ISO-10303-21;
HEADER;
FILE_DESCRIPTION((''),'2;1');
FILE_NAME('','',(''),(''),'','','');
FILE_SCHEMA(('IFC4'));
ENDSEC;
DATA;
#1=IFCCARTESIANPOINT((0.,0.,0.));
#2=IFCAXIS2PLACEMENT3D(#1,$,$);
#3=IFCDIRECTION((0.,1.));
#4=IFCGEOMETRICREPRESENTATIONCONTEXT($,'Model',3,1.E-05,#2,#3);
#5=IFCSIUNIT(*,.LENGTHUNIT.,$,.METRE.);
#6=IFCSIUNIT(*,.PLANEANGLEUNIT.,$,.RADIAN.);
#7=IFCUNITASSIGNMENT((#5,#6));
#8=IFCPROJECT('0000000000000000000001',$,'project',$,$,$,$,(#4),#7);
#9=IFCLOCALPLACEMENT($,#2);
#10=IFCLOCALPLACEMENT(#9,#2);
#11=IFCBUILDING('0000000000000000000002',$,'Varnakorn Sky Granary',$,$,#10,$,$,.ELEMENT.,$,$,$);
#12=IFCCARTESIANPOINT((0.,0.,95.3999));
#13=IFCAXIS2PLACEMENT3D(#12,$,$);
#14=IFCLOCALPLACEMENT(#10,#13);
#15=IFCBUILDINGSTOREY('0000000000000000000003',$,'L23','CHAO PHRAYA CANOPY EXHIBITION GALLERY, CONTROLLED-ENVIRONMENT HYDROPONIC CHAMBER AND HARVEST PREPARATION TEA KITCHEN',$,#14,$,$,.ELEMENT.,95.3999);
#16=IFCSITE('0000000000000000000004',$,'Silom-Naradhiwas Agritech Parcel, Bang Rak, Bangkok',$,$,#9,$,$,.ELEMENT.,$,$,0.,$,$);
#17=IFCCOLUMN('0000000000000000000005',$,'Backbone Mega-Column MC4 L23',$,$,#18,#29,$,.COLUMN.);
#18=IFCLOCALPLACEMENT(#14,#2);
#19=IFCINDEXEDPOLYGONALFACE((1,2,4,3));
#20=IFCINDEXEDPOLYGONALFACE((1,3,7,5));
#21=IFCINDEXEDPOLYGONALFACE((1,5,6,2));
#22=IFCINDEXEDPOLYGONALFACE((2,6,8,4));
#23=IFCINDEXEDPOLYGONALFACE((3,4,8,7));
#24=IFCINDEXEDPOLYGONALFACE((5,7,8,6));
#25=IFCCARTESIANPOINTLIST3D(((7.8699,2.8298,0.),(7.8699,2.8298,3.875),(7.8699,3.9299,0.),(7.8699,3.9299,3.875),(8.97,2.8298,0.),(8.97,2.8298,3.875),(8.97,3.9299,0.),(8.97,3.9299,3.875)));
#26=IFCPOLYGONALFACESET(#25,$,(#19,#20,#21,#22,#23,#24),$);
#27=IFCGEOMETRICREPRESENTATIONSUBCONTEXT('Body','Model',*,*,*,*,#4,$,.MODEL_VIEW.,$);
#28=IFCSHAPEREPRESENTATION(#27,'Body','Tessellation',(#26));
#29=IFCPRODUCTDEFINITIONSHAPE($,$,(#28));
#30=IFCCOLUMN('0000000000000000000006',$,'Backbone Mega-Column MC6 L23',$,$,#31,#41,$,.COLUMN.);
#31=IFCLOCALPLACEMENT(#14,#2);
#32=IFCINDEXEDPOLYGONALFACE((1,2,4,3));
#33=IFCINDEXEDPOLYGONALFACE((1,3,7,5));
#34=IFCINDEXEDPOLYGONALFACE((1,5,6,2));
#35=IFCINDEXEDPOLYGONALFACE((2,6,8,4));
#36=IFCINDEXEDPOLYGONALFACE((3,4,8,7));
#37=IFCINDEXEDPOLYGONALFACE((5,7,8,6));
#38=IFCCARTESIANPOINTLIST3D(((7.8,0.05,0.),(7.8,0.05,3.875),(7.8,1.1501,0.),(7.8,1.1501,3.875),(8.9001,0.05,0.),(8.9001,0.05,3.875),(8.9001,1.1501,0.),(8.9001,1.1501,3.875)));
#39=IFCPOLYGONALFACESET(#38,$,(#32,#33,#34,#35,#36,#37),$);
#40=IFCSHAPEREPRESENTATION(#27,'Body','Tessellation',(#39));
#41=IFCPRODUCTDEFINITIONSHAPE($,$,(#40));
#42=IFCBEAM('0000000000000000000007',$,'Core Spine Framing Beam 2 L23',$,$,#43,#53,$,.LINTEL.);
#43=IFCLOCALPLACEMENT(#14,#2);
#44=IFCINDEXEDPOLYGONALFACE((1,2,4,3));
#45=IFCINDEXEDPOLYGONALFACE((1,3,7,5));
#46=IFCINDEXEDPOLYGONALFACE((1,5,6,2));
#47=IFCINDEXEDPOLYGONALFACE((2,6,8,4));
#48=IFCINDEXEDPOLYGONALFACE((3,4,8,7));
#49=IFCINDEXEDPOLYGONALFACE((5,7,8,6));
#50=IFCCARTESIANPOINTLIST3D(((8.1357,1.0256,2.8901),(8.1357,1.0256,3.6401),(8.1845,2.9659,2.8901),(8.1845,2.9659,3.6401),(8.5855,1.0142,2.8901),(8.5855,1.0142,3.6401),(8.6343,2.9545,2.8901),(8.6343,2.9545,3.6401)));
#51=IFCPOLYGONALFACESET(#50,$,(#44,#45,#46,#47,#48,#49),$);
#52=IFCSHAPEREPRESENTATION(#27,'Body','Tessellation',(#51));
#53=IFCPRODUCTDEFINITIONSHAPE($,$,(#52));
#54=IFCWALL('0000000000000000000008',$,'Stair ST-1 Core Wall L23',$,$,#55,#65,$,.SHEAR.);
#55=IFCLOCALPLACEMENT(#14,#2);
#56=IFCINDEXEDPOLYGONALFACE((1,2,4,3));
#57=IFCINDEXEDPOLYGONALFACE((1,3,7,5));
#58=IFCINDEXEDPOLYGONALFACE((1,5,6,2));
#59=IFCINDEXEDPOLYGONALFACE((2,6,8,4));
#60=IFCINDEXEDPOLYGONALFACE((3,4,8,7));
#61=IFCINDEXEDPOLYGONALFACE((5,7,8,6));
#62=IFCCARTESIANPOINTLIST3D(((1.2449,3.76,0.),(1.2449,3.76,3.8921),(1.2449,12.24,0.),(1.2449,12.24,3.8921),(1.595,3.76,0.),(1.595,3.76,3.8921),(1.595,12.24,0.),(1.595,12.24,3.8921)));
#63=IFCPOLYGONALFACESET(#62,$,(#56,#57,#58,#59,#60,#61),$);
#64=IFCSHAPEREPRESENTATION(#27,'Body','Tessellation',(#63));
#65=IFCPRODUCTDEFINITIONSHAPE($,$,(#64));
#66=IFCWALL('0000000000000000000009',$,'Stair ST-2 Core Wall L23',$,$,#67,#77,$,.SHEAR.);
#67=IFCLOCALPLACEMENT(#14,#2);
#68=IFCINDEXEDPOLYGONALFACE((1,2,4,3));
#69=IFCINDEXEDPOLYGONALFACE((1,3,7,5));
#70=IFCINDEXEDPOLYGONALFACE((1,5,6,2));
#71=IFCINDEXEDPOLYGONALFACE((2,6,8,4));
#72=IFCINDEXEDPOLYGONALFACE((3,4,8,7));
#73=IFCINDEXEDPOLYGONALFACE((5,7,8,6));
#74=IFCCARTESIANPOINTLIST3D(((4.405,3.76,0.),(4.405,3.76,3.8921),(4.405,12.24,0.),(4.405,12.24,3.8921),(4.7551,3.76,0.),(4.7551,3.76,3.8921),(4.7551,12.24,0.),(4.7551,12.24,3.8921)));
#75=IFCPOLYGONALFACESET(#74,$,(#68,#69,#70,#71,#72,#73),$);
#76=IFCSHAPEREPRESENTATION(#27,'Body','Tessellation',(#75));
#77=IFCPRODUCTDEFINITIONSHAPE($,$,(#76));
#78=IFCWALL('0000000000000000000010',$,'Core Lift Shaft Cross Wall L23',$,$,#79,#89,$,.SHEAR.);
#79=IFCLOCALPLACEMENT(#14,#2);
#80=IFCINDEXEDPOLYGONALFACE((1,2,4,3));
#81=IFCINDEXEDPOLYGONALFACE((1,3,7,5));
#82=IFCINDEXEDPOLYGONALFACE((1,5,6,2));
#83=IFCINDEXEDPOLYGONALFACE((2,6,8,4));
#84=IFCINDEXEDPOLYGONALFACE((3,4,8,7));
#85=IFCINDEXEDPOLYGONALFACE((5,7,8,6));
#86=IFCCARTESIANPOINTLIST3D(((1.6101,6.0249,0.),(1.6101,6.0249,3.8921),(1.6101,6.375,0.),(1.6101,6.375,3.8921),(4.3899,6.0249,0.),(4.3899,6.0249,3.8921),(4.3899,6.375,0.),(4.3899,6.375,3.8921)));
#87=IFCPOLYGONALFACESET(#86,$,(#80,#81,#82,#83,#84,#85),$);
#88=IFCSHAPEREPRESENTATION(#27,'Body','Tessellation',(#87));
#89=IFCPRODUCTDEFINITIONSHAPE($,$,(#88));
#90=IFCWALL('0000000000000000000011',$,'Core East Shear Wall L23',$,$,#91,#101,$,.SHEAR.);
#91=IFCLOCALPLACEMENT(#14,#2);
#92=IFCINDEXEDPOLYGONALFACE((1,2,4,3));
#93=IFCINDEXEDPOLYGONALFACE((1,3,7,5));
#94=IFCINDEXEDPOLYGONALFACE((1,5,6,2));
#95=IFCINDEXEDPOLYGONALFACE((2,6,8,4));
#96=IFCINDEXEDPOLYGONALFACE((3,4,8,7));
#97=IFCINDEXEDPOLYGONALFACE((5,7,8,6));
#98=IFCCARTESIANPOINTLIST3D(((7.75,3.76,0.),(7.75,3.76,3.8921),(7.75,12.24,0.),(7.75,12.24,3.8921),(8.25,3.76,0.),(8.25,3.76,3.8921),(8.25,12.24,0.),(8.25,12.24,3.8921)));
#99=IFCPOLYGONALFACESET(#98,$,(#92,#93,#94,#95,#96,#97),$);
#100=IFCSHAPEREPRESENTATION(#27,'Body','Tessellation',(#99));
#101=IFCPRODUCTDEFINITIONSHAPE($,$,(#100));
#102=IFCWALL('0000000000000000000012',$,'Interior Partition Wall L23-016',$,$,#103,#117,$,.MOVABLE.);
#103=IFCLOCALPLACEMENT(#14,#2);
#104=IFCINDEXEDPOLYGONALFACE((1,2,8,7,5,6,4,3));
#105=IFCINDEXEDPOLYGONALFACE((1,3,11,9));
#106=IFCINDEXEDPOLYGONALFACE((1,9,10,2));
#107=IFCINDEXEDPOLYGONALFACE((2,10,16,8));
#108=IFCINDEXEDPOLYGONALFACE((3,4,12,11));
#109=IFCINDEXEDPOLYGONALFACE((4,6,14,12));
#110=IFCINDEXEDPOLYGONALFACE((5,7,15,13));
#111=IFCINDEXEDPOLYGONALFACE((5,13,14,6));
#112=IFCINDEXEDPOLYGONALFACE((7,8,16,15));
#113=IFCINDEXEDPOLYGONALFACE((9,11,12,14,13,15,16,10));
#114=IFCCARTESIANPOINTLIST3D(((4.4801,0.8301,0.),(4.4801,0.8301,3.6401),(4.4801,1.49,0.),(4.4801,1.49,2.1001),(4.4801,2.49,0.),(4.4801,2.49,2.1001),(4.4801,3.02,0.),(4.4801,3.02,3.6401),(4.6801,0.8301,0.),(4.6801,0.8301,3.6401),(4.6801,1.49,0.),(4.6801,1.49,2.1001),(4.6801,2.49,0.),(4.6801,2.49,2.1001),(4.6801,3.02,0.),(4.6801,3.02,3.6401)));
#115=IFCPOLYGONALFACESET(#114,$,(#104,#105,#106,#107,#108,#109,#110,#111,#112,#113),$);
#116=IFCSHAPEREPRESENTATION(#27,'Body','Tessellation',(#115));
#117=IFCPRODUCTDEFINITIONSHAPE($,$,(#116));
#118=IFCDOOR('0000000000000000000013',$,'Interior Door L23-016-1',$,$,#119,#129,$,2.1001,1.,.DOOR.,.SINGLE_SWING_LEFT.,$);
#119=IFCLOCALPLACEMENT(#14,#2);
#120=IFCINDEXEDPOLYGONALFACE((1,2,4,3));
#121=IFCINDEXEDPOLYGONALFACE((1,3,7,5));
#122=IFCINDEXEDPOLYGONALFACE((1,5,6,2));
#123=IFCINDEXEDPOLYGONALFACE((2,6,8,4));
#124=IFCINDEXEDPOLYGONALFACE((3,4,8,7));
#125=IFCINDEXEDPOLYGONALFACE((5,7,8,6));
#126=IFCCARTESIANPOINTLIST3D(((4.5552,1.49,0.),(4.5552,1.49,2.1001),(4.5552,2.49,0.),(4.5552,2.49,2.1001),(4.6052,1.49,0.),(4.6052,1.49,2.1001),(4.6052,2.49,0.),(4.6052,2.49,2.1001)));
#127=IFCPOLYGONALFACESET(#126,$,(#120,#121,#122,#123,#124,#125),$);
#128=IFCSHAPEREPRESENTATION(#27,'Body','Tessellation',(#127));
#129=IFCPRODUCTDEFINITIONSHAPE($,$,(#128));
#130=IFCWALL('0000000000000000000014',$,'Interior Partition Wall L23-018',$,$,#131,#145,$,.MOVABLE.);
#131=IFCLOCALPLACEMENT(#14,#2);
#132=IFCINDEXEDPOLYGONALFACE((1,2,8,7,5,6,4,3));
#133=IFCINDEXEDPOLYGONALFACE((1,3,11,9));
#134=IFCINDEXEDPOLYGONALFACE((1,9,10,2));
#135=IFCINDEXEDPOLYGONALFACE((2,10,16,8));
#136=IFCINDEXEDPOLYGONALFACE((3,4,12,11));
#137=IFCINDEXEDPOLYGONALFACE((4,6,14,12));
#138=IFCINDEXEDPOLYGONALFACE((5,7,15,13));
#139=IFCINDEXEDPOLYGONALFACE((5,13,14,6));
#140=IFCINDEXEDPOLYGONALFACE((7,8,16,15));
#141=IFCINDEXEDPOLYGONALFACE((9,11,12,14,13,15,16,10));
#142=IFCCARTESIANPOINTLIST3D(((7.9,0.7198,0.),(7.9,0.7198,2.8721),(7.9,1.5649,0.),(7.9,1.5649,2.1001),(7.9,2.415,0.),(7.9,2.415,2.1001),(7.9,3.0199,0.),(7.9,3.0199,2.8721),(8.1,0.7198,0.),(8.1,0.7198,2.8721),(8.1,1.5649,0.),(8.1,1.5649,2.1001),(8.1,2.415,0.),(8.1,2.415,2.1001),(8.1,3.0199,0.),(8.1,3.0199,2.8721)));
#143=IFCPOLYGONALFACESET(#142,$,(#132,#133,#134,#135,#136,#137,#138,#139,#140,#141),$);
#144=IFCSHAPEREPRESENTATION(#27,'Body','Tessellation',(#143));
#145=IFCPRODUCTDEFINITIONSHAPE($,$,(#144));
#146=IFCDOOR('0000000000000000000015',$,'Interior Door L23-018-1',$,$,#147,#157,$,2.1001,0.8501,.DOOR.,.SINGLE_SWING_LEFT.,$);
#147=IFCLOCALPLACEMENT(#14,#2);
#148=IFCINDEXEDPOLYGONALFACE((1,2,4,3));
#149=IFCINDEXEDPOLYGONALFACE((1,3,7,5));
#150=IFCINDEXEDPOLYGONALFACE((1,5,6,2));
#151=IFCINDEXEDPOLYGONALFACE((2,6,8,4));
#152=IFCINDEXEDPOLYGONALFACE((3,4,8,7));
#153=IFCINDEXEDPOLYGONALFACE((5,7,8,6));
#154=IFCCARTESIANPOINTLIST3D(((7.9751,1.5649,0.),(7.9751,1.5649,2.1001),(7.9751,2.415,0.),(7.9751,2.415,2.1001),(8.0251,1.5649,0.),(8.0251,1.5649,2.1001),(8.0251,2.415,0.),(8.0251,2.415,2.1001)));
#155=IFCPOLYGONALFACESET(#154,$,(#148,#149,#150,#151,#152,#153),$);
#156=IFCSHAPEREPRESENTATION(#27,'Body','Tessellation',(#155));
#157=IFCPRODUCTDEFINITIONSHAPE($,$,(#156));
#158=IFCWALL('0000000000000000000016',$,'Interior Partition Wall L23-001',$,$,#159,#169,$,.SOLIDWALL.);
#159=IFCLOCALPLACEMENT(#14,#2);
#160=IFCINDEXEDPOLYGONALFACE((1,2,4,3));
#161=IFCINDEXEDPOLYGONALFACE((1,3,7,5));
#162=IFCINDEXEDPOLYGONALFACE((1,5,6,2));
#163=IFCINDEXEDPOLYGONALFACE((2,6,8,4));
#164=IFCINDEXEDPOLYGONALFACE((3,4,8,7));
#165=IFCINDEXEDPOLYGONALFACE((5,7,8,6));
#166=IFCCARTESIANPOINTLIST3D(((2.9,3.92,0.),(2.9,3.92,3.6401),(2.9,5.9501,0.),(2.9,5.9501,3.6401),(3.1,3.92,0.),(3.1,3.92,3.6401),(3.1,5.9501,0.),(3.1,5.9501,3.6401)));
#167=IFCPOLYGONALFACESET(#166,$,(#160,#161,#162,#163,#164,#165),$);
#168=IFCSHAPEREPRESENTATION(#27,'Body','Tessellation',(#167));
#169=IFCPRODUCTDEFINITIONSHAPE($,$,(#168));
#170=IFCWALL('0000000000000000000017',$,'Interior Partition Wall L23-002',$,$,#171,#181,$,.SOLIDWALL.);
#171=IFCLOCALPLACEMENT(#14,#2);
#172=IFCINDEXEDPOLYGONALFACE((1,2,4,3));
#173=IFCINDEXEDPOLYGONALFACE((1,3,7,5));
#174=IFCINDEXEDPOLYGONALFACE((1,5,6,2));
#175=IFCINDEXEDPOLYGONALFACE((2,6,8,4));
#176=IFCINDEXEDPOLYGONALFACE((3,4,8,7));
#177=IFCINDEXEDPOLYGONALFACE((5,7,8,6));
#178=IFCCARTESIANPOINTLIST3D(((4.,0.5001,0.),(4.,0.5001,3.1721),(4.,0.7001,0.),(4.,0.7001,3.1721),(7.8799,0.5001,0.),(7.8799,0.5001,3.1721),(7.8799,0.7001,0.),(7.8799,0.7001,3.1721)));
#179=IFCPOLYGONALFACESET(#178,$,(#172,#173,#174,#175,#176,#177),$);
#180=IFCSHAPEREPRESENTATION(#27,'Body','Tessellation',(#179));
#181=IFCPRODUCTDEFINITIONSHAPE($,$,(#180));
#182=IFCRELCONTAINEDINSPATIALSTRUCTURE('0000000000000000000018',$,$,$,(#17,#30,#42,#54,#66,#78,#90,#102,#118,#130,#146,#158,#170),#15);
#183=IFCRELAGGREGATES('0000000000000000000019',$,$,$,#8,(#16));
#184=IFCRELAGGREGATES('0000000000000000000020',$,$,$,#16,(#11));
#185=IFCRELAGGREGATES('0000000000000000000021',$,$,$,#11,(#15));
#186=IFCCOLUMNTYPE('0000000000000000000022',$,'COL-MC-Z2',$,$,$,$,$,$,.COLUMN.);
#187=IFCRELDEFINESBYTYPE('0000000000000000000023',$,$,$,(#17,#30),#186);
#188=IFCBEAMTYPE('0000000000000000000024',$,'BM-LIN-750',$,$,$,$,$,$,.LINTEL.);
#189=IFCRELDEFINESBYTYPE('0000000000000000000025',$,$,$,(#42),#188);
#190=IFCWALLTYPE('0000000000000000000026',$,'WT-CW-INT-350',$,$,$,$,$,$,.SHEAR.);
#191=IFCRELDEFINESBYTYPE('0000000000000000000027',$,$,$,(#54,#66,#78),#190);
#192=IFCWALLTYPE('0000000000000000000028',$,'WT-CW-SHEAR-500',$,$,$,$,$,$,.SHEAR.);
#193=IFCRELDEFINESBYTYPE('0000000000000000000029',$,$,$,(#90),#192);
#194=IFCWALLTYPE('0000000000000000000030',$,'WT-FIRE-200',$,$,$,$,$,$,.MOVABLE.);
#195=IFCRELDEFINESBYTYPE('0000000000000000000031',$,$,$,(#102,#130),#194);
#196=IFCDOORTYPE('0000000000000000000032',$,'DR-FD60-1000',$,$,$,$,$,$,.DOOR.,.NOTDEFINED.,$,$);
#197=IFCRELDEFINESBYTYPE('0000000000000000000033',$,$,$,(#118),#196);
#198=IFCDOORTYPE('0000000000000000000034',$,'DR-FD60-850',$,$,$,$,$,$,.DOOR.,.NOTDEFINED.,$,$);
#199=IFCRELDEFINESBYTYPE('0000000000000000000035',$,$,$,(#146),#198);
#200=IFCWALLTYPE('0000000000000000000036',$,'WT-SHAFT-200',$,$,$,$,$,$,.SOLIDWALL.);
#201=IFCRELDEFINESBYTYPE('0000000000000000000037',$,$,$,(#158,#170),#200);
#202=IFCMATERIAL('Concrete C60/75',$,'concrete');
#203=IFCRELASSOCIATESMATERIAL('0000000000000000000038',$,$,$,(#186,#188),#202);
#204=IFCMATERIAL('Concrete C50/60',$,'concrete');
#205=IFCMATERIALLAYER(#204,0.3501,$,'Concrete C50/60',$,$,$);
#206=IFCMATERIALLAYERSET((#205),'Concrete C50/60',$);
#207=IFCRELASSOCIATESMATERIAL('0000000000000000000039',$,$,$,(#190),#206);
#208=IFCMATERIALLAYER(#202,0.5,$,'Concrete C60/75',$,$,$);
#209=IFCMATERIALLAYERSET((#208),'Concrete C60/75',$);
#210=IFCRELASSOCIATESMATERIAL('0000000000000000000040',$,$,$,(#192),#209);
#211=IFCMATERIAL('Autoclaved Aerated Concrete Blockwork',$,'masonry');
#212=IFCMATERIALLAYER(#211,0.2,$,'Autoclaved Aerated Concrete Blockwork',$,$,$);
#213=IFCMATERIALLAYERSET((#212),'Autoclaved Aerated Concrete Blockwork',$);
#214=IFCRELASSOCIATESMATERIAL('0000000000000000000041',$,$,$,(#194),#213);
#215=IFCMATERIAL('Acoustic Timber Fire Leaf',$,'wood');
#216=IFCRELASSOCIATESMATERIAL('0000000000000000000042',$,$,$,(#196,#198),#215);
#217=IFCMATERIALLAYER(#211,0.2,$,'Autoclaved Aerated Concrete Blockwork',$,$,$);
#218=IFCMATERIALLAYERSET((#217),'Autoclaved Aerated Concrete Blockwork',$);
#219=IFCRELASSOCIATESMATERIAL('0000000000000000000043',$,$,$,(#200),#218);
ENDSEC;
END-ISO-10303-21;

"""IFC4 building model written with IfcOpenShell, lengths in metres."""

from ifc_helpers import new_model, si_unit, direction, frame, frame_2d, origin, origin_2d, place, context, subcontext, project, spatial, rectangle, extrude, material, layer, layer_set, material_profile, profile_set, type_object, element, fill, save


model = new_model("IFC4")

# Units and contexts
model_context = context("Model", 3, precision=1e-05, world=origin(), true_north=direction((0.0, 1.0)))
body_context = subcontext(model_context, "Body", "Model", "MODEL_VIEW")
ifc_project = project(units=[si_unit("LENGTHUNIT", "METRE"), si_unit("PLANEANGLEUNIT", "RADIAN")], contexts=[model_context])

# Site, building, storey
site_placement = place(None, origin())
site = spatial("IfcSite", under=ifc_project, at=site_placement, Name="Silom-Naradhiwas Agritech Parcel, Bang Rak, Bangkok", CompositionType="ELEMENT", RefElevation=0.0)
building_placement = place(site_placement, origin())
building = spatial("IfcBuilding", under=site, at=building_placement, Name="Varnakorn Sky Granary", CompositionType="ELEMENT")
storey_placement = place(building_placement, frame((0.0, 0.0, 95.3999)))
storey = spatial("IfcBuildingStorey", under=building, at=storey_placement, Name="L23", Description="CHAO PHRAYA CANOPY EXHIBITION GALLERY, CONTROLLED-ENVIRONMENT HYDROPONIC CHAMBER AND HARVEST PREPARATION TEA KITCHEN", CompositionType="ELEMENT", Elevation=95.3999)

# Columns
ifc_material_1 = material(Name="Concrete C60/75", Category="concrete")
ifc_material_profile_1 = material_profile(ifc_material_1, rectangle(XDim=1.1001, YDim=1.1001, at=origin_2d()), Name="RC 1100x1100")
ifc_profile_set_1 = profile_set([ifc_material_profile_1], Name="Concrete C60/75")
column_type = type_object("IfcColumnType", Name="COL-MC-Z2", PredefinedType="COLUMN", material=ifc_profile_set_1)
for number, where, z_axis, x_axis, name in (
    (1, (8.4199, 3.3799, 0.0), (0.0, 0.0, 1.0), (1.0, 0.0, 0.0), "Backbone Mega-Column MC4 L23"),
    (2, (8.3501, 0.6001, 0.0), (0.0, 0.0, 1.0), (1.0, 0.0, 0.0), "Backbone Mega-Column MC6 L23"),
):
    element("IfcColumn", number, at=place(storey_placement, frame(where, z_axis=z_axis, x_axis=x_axis)), inside=storey, type_object=column_type, Name=name, PredefinedType="COLUMN", context=body_context, shape_type="SweptSolid", body=[
        extrude(rectangle(XDim=1.1001, YDim=1.1001, at=origin_2d()), origin(), (0.0, 0.0, 1.0), 3.875),
    ])

# Beam
ifc_material_profile_2 = material_profile(ifc_material_1, rectangle(XDim=0.45, YDim=0.75, at=origin_2d()), Name="RC 450x750")
ifc_profile_set_2 = profile_set([ifc_material_profile_2], Name="Concrete C60/75")
beam_type = type_object("IfcBeamType", Name="BM-LIN-750", PredefinedType="LINTEL", material=ifc_profile_set_2)
beam_placement = place(storey_placement, frame((8.4094, 2.9602, 3.2651), z_axis=(-0.025159, -0.999683, 0.0), x_axis=(0.999683, -0.025159, 0.0)))
element("IfcBeam", 3, at=beam_placement, inside=storey, type_object=beam_type, Name="Core Spine Framing Beam 2 L23", PredefinedType="LINTEL", context=body_context, shape_type="SweptSolid", body=[
    extrude(rectangle(XDim=0.45, YDim=0.75, at=origin_2d()), origin(), (0.0, 0.0, 1.0), 1.9409),
])

# Walls
ifc_material_2 = material(Name="Concrete C50/60", Category="concrete")
ifc_layer_1 = layer(ifc_material_2, 0.3501, Name="Concrete C50/60")
ifc_layer_set_1 = layer_set([ifc_layer_1], Name="Concrete C50/60")
wall_type_1 = type_object("IfcWallType", Name="WT-CW-INT-350", PredefinedType="SHEAR", material=ifc_layer_set_1)
for number, where, z_axis, x_axis, name in (
    (4, (1.4199, 3.76, 0.0), (0.0, 0.0, 1.0), (0.0, 1.0, 0.0), "Stair ST-1 Core Wall L23"),
    (5, (4.5801, 3.76, 0.0), (0.0, 0.0, 1.0), (0.0, 1.0, 0.0), "Stair ST-2 Core Wall L23"),
):
    element("IfcWall", number, at=place(storey_placement, frame(where, z_axis=z_axis, x_axis=x_axis)), inside=storey, type_object=wall_type_1, Name=name, PredefinedType="SHEAR", context=body_context, shape_type="SweptSolid", body=[
        extrude(rectangle(XDim=8.48, YDim=0.3501, at=frame_2d((4.24, 0.0))), origin(), (0.0, 0.0, 1.0), 3.8921),
    ])
wall_1_placement = place(storey_placement, frame((1.6101, 6.2, 0.0), z_axis=(0.0, 0.0, 1.0), x_axis=(1.0, 0.0, 0.0)))
element("IfcWall", 6, at=wall_1_placement, inside=storey, type_object=wall_type_1, Name="Core Lift Shaft Cross Wall L23", PredefinedType="SHEAR", context=body_context, shape_type="SweptSolid", body=[
    extrude(rectangle(XDim=2.7798, YDim=0.3501, at=frame_2d((1.3899, 0.0))), origin(), (0.0, 0.0, 1.0), 3.8921),
])
ifc_layer_2 = layer(ifc_material_1, 0.5, Name="Concrete C60/75")
ifc_layer_set_2 = layer_set([ifc_layer_2], Name="Concrete C60/75")
wall_type_2 = type_object("IfcWallType", Name="WT-CW-SHEAR-500", PredefinedType="SHEAR", material=ifc_layer_set_2)
wall_2_placement = place(storey_placement, frame((8.0, 3.76, 0.0), z_axis=(0.0, 0.0, 1.0), x_axis=(0.0, 1.0, 0.0)))
element("IfcWall", 7, at=wall_2_placement, inside=storey, type_object=wall_type_2, Name="Core East Shear Wall L23", PredefinedType="SHEAR", context=body_context, shape_type="SweptSolid", body=[
    extrude(rectangle(XDim=8.48, YDim=0.5, at=frame_2d((4.24, 0.0))), origin(), (0.0, 0.0, 1.0), 3.8921),
])

# Walls, openings, doors
ifc_material_3 = material(Name="Autoclaved Aerated Concrete Blockwork", Category="masonry")
ifc_layer_3 = layer(ifc_material_3, 0.2, Name="Autoclaved Aerated Concrete Blockwork")
ifc_layer_set_3 = layer_set([ifc_layer_3], Name="Autoclaved Aerated Concrete Blockwork")
wall_type_3 = type_object("IfcWallType", Name="WT-FIRE-200", PredefinedType="MOVABLE", material=ifc_layer_set_3)
wall_3_placement = place(storey_placement, frame((4.5801, 0.8301, 0.0), z_axis=(0.0, 0.0, 1.0), x_axis=(0.0, 1.0, 0.0)))
wall_3 = element("IfcWall", 8, at=wall_3_placement, inside=storey, type_object=wall_type_3, Name="Interior Partition Wall L23-016", PredefinedType="MOVABLE", context=body_context, shape_type="SweptSolid", body=[
    extrude(rectangle(XDim=2.1899, YDim=0.2, at=frame_2d((1.095, 0.0))), origin(), (0.0, 0.0, 1.0), 3.6401),
])
opening_1_placement = place(wall_3_placement, frame((0.6599, 0.0, 0.0)))
opening_1 = element("IfcOpeningElement", 9, at=opening_1_placement, cuts=wall_3, PredefinedType="OPENING", context=body_context, shape_type="SweptSolid", body=[
    extrude(rectangle(XDim=1.0, YDim=2.1001, at=frame_2d((0.5, 1.05))), frame((0.0, 0.1099, 0.0), z_axis=(0.0, -1.0, 0.0), x_axis=(1.0, 0.0, 0.0)), (0.0, 0.0, 1.0), 0.22),
])
ifc_material_4 = material(Name="Acoustic Timber Fire Leaf", Category="wood")
door_type_1 = type_object("IfcDoorType", Name="DR-FD60-1000", OperationType="NOTDEFINED", PredefinedType="DOOR", material=ifc_material_4)
door_1_placement = place(opening_1_placement, origin())
door_1 = element("IfcDoor", 10, at=door_1_placement, inside=storey, type_object=door_type_1, Name="Interior Door L23-016-1", OperationType="SINGLE_SWING_LEFT", OverallHeight=2.1001, OverallWidth=1.0, PredefinedType="DOOR", context=body_context, shape_type="SweptSolid", body=[
    extrude(rectangle(XDim=1.0, YDim=2.1001, at=frame_2d((0.5, 1.05))), frame((0.0, 0.0249, 0.0), z_axis=(0.0, -1.0, 0.0), x_axis=(1.0, 0.0, 0.0)), (0.0, 0.0, 1.0), 0.05),
])
fill(opening_1, door_1)
wall_4_placement = place(storey_placement, frame((8.0, 0.72, 0.0), z_axis=(0.0, 0.0, 1.0), x_axis=(0.0, 1.0, 0.0)))
wall_4 = element("IfcWall", 11, at=wall_4_placement, inside=storey, type_object=wall_type_3, Name="Interior Partition Wall L23-018", PredefinedType="MOVABLE", context=body_context, shape_type="SweptSolid", body=[
    extrude(rectangle(XDim=2.3, YDim=0.2, at=frame_2d((1.1499, 0.0))), origin(), (0.0, 0.0, 1.0), 2.8721),
])
opening_2_placement = place(wall_4_placement, frame((0.845, 0.0, 0.0)))
opening_2 = element("IfcOpeningElement", 12, at=opening_2_placement, cuts=wall_4, PredefinedType="OPENING", context=body_context, shape_type="SweptSolid", body=[
    extrude(rectangle(XDim=0.8501, YDim=2.1001, at=frame_2d((0.425, 1.05))), frame((0.0, 0.1099, 0.0), z_axis=(0.0, -1.0, 0.0), x_axis=(1.0, 0.0, 0.0)), (0.0, 0.0, 1.0), 0.22),
])
door_type_2 = type_object("IfcDoorType", Name="DR-FD60-850", OperationType="NOTDEFINED", PredefinedType="DOOR", material=ifc_material_4)
door_2_placement = place(opening_2_placement, origin())
door_2 = element("IfcDoor", 13, at=door_2_placement, inside=storey, type_object=door_type_2, Name="Interior Door L23-018-1", OperationType="SINGLE_SWING_LEFT", OverallHeight=2.1001, OverallWidth=0.8501, PredefinedType="DOOR", context=body_context, shape_type="SweptSolid", body=[
    extrude(rectangle(XDim=0.8501, YDim=2.1001, at=frame_2d((0.425, 1.05))), frame((0.0, 0.0249, 0.0), z_axis=(0.0, -1.0, 0.0), x_axis=(1.0, 0.0, 0.0)), (0.0, 0.0, 1.0), 0.05),
])
fill(opening_2, door_2)

# Walls
ifc_layer_4 = layer(ifc_material_3, 0.2, Name="Autoclaved Aerated Concrete Blockwork")
ifc_layer_set_4 = layer_set([ifc_layer_4], Name="Autoclaved Aerated Concrete Blockwork")
wall_type_4 = type_object("IfcWallType", Name="WT-SHAFT-200", PredefinedType="SOLIDWALL", material=ifc_layer_set_4)
wall_5_placement = place(storey_placement, frame((3.0, 3.9199, 0.0), z_axis=(0.0, 0.0, 1.0), x_axis=(0.0, 1.0, 0.0)))
element("IfcWall", 14, at=wall_5_placement, inside=storey, type_object=wall_type_4, Name="Interior Partition Wall L23-001", PredefinedType="SOLIDWALL", context=body_context, shape_type="SweptSolid", body=[
    extrude(rectangle(XDim=2.03, YDim=0.2, at=frame_2d((1.0151, 0.0))), origin(), (0.0, 0.0, 1.0), 3.6401),
])
wall_6_placement = place(storey_placement, frame((4.0, 0.6001, 0.0), z_axis=(0.0, 0.0, 1.0), x_axis=(1.0, 0.0, 0.0)))
element("IfcWall", 15, at=wall_6_placement, inside=storey, type_object=wall_type_4, Name="Interior Partition Wall L23-002", PredefinedType="SOLIDWALL", context=body_context, shape_type="SweptSolid", body=[
    extrude(rectangle(XDim=3.8799, YDim=0.2, at=frame_2d((1.9399, 0.0))), origin(), (0.0, 0.0, 1.0), 3.1721),
])

save(model, "model.ifc")
